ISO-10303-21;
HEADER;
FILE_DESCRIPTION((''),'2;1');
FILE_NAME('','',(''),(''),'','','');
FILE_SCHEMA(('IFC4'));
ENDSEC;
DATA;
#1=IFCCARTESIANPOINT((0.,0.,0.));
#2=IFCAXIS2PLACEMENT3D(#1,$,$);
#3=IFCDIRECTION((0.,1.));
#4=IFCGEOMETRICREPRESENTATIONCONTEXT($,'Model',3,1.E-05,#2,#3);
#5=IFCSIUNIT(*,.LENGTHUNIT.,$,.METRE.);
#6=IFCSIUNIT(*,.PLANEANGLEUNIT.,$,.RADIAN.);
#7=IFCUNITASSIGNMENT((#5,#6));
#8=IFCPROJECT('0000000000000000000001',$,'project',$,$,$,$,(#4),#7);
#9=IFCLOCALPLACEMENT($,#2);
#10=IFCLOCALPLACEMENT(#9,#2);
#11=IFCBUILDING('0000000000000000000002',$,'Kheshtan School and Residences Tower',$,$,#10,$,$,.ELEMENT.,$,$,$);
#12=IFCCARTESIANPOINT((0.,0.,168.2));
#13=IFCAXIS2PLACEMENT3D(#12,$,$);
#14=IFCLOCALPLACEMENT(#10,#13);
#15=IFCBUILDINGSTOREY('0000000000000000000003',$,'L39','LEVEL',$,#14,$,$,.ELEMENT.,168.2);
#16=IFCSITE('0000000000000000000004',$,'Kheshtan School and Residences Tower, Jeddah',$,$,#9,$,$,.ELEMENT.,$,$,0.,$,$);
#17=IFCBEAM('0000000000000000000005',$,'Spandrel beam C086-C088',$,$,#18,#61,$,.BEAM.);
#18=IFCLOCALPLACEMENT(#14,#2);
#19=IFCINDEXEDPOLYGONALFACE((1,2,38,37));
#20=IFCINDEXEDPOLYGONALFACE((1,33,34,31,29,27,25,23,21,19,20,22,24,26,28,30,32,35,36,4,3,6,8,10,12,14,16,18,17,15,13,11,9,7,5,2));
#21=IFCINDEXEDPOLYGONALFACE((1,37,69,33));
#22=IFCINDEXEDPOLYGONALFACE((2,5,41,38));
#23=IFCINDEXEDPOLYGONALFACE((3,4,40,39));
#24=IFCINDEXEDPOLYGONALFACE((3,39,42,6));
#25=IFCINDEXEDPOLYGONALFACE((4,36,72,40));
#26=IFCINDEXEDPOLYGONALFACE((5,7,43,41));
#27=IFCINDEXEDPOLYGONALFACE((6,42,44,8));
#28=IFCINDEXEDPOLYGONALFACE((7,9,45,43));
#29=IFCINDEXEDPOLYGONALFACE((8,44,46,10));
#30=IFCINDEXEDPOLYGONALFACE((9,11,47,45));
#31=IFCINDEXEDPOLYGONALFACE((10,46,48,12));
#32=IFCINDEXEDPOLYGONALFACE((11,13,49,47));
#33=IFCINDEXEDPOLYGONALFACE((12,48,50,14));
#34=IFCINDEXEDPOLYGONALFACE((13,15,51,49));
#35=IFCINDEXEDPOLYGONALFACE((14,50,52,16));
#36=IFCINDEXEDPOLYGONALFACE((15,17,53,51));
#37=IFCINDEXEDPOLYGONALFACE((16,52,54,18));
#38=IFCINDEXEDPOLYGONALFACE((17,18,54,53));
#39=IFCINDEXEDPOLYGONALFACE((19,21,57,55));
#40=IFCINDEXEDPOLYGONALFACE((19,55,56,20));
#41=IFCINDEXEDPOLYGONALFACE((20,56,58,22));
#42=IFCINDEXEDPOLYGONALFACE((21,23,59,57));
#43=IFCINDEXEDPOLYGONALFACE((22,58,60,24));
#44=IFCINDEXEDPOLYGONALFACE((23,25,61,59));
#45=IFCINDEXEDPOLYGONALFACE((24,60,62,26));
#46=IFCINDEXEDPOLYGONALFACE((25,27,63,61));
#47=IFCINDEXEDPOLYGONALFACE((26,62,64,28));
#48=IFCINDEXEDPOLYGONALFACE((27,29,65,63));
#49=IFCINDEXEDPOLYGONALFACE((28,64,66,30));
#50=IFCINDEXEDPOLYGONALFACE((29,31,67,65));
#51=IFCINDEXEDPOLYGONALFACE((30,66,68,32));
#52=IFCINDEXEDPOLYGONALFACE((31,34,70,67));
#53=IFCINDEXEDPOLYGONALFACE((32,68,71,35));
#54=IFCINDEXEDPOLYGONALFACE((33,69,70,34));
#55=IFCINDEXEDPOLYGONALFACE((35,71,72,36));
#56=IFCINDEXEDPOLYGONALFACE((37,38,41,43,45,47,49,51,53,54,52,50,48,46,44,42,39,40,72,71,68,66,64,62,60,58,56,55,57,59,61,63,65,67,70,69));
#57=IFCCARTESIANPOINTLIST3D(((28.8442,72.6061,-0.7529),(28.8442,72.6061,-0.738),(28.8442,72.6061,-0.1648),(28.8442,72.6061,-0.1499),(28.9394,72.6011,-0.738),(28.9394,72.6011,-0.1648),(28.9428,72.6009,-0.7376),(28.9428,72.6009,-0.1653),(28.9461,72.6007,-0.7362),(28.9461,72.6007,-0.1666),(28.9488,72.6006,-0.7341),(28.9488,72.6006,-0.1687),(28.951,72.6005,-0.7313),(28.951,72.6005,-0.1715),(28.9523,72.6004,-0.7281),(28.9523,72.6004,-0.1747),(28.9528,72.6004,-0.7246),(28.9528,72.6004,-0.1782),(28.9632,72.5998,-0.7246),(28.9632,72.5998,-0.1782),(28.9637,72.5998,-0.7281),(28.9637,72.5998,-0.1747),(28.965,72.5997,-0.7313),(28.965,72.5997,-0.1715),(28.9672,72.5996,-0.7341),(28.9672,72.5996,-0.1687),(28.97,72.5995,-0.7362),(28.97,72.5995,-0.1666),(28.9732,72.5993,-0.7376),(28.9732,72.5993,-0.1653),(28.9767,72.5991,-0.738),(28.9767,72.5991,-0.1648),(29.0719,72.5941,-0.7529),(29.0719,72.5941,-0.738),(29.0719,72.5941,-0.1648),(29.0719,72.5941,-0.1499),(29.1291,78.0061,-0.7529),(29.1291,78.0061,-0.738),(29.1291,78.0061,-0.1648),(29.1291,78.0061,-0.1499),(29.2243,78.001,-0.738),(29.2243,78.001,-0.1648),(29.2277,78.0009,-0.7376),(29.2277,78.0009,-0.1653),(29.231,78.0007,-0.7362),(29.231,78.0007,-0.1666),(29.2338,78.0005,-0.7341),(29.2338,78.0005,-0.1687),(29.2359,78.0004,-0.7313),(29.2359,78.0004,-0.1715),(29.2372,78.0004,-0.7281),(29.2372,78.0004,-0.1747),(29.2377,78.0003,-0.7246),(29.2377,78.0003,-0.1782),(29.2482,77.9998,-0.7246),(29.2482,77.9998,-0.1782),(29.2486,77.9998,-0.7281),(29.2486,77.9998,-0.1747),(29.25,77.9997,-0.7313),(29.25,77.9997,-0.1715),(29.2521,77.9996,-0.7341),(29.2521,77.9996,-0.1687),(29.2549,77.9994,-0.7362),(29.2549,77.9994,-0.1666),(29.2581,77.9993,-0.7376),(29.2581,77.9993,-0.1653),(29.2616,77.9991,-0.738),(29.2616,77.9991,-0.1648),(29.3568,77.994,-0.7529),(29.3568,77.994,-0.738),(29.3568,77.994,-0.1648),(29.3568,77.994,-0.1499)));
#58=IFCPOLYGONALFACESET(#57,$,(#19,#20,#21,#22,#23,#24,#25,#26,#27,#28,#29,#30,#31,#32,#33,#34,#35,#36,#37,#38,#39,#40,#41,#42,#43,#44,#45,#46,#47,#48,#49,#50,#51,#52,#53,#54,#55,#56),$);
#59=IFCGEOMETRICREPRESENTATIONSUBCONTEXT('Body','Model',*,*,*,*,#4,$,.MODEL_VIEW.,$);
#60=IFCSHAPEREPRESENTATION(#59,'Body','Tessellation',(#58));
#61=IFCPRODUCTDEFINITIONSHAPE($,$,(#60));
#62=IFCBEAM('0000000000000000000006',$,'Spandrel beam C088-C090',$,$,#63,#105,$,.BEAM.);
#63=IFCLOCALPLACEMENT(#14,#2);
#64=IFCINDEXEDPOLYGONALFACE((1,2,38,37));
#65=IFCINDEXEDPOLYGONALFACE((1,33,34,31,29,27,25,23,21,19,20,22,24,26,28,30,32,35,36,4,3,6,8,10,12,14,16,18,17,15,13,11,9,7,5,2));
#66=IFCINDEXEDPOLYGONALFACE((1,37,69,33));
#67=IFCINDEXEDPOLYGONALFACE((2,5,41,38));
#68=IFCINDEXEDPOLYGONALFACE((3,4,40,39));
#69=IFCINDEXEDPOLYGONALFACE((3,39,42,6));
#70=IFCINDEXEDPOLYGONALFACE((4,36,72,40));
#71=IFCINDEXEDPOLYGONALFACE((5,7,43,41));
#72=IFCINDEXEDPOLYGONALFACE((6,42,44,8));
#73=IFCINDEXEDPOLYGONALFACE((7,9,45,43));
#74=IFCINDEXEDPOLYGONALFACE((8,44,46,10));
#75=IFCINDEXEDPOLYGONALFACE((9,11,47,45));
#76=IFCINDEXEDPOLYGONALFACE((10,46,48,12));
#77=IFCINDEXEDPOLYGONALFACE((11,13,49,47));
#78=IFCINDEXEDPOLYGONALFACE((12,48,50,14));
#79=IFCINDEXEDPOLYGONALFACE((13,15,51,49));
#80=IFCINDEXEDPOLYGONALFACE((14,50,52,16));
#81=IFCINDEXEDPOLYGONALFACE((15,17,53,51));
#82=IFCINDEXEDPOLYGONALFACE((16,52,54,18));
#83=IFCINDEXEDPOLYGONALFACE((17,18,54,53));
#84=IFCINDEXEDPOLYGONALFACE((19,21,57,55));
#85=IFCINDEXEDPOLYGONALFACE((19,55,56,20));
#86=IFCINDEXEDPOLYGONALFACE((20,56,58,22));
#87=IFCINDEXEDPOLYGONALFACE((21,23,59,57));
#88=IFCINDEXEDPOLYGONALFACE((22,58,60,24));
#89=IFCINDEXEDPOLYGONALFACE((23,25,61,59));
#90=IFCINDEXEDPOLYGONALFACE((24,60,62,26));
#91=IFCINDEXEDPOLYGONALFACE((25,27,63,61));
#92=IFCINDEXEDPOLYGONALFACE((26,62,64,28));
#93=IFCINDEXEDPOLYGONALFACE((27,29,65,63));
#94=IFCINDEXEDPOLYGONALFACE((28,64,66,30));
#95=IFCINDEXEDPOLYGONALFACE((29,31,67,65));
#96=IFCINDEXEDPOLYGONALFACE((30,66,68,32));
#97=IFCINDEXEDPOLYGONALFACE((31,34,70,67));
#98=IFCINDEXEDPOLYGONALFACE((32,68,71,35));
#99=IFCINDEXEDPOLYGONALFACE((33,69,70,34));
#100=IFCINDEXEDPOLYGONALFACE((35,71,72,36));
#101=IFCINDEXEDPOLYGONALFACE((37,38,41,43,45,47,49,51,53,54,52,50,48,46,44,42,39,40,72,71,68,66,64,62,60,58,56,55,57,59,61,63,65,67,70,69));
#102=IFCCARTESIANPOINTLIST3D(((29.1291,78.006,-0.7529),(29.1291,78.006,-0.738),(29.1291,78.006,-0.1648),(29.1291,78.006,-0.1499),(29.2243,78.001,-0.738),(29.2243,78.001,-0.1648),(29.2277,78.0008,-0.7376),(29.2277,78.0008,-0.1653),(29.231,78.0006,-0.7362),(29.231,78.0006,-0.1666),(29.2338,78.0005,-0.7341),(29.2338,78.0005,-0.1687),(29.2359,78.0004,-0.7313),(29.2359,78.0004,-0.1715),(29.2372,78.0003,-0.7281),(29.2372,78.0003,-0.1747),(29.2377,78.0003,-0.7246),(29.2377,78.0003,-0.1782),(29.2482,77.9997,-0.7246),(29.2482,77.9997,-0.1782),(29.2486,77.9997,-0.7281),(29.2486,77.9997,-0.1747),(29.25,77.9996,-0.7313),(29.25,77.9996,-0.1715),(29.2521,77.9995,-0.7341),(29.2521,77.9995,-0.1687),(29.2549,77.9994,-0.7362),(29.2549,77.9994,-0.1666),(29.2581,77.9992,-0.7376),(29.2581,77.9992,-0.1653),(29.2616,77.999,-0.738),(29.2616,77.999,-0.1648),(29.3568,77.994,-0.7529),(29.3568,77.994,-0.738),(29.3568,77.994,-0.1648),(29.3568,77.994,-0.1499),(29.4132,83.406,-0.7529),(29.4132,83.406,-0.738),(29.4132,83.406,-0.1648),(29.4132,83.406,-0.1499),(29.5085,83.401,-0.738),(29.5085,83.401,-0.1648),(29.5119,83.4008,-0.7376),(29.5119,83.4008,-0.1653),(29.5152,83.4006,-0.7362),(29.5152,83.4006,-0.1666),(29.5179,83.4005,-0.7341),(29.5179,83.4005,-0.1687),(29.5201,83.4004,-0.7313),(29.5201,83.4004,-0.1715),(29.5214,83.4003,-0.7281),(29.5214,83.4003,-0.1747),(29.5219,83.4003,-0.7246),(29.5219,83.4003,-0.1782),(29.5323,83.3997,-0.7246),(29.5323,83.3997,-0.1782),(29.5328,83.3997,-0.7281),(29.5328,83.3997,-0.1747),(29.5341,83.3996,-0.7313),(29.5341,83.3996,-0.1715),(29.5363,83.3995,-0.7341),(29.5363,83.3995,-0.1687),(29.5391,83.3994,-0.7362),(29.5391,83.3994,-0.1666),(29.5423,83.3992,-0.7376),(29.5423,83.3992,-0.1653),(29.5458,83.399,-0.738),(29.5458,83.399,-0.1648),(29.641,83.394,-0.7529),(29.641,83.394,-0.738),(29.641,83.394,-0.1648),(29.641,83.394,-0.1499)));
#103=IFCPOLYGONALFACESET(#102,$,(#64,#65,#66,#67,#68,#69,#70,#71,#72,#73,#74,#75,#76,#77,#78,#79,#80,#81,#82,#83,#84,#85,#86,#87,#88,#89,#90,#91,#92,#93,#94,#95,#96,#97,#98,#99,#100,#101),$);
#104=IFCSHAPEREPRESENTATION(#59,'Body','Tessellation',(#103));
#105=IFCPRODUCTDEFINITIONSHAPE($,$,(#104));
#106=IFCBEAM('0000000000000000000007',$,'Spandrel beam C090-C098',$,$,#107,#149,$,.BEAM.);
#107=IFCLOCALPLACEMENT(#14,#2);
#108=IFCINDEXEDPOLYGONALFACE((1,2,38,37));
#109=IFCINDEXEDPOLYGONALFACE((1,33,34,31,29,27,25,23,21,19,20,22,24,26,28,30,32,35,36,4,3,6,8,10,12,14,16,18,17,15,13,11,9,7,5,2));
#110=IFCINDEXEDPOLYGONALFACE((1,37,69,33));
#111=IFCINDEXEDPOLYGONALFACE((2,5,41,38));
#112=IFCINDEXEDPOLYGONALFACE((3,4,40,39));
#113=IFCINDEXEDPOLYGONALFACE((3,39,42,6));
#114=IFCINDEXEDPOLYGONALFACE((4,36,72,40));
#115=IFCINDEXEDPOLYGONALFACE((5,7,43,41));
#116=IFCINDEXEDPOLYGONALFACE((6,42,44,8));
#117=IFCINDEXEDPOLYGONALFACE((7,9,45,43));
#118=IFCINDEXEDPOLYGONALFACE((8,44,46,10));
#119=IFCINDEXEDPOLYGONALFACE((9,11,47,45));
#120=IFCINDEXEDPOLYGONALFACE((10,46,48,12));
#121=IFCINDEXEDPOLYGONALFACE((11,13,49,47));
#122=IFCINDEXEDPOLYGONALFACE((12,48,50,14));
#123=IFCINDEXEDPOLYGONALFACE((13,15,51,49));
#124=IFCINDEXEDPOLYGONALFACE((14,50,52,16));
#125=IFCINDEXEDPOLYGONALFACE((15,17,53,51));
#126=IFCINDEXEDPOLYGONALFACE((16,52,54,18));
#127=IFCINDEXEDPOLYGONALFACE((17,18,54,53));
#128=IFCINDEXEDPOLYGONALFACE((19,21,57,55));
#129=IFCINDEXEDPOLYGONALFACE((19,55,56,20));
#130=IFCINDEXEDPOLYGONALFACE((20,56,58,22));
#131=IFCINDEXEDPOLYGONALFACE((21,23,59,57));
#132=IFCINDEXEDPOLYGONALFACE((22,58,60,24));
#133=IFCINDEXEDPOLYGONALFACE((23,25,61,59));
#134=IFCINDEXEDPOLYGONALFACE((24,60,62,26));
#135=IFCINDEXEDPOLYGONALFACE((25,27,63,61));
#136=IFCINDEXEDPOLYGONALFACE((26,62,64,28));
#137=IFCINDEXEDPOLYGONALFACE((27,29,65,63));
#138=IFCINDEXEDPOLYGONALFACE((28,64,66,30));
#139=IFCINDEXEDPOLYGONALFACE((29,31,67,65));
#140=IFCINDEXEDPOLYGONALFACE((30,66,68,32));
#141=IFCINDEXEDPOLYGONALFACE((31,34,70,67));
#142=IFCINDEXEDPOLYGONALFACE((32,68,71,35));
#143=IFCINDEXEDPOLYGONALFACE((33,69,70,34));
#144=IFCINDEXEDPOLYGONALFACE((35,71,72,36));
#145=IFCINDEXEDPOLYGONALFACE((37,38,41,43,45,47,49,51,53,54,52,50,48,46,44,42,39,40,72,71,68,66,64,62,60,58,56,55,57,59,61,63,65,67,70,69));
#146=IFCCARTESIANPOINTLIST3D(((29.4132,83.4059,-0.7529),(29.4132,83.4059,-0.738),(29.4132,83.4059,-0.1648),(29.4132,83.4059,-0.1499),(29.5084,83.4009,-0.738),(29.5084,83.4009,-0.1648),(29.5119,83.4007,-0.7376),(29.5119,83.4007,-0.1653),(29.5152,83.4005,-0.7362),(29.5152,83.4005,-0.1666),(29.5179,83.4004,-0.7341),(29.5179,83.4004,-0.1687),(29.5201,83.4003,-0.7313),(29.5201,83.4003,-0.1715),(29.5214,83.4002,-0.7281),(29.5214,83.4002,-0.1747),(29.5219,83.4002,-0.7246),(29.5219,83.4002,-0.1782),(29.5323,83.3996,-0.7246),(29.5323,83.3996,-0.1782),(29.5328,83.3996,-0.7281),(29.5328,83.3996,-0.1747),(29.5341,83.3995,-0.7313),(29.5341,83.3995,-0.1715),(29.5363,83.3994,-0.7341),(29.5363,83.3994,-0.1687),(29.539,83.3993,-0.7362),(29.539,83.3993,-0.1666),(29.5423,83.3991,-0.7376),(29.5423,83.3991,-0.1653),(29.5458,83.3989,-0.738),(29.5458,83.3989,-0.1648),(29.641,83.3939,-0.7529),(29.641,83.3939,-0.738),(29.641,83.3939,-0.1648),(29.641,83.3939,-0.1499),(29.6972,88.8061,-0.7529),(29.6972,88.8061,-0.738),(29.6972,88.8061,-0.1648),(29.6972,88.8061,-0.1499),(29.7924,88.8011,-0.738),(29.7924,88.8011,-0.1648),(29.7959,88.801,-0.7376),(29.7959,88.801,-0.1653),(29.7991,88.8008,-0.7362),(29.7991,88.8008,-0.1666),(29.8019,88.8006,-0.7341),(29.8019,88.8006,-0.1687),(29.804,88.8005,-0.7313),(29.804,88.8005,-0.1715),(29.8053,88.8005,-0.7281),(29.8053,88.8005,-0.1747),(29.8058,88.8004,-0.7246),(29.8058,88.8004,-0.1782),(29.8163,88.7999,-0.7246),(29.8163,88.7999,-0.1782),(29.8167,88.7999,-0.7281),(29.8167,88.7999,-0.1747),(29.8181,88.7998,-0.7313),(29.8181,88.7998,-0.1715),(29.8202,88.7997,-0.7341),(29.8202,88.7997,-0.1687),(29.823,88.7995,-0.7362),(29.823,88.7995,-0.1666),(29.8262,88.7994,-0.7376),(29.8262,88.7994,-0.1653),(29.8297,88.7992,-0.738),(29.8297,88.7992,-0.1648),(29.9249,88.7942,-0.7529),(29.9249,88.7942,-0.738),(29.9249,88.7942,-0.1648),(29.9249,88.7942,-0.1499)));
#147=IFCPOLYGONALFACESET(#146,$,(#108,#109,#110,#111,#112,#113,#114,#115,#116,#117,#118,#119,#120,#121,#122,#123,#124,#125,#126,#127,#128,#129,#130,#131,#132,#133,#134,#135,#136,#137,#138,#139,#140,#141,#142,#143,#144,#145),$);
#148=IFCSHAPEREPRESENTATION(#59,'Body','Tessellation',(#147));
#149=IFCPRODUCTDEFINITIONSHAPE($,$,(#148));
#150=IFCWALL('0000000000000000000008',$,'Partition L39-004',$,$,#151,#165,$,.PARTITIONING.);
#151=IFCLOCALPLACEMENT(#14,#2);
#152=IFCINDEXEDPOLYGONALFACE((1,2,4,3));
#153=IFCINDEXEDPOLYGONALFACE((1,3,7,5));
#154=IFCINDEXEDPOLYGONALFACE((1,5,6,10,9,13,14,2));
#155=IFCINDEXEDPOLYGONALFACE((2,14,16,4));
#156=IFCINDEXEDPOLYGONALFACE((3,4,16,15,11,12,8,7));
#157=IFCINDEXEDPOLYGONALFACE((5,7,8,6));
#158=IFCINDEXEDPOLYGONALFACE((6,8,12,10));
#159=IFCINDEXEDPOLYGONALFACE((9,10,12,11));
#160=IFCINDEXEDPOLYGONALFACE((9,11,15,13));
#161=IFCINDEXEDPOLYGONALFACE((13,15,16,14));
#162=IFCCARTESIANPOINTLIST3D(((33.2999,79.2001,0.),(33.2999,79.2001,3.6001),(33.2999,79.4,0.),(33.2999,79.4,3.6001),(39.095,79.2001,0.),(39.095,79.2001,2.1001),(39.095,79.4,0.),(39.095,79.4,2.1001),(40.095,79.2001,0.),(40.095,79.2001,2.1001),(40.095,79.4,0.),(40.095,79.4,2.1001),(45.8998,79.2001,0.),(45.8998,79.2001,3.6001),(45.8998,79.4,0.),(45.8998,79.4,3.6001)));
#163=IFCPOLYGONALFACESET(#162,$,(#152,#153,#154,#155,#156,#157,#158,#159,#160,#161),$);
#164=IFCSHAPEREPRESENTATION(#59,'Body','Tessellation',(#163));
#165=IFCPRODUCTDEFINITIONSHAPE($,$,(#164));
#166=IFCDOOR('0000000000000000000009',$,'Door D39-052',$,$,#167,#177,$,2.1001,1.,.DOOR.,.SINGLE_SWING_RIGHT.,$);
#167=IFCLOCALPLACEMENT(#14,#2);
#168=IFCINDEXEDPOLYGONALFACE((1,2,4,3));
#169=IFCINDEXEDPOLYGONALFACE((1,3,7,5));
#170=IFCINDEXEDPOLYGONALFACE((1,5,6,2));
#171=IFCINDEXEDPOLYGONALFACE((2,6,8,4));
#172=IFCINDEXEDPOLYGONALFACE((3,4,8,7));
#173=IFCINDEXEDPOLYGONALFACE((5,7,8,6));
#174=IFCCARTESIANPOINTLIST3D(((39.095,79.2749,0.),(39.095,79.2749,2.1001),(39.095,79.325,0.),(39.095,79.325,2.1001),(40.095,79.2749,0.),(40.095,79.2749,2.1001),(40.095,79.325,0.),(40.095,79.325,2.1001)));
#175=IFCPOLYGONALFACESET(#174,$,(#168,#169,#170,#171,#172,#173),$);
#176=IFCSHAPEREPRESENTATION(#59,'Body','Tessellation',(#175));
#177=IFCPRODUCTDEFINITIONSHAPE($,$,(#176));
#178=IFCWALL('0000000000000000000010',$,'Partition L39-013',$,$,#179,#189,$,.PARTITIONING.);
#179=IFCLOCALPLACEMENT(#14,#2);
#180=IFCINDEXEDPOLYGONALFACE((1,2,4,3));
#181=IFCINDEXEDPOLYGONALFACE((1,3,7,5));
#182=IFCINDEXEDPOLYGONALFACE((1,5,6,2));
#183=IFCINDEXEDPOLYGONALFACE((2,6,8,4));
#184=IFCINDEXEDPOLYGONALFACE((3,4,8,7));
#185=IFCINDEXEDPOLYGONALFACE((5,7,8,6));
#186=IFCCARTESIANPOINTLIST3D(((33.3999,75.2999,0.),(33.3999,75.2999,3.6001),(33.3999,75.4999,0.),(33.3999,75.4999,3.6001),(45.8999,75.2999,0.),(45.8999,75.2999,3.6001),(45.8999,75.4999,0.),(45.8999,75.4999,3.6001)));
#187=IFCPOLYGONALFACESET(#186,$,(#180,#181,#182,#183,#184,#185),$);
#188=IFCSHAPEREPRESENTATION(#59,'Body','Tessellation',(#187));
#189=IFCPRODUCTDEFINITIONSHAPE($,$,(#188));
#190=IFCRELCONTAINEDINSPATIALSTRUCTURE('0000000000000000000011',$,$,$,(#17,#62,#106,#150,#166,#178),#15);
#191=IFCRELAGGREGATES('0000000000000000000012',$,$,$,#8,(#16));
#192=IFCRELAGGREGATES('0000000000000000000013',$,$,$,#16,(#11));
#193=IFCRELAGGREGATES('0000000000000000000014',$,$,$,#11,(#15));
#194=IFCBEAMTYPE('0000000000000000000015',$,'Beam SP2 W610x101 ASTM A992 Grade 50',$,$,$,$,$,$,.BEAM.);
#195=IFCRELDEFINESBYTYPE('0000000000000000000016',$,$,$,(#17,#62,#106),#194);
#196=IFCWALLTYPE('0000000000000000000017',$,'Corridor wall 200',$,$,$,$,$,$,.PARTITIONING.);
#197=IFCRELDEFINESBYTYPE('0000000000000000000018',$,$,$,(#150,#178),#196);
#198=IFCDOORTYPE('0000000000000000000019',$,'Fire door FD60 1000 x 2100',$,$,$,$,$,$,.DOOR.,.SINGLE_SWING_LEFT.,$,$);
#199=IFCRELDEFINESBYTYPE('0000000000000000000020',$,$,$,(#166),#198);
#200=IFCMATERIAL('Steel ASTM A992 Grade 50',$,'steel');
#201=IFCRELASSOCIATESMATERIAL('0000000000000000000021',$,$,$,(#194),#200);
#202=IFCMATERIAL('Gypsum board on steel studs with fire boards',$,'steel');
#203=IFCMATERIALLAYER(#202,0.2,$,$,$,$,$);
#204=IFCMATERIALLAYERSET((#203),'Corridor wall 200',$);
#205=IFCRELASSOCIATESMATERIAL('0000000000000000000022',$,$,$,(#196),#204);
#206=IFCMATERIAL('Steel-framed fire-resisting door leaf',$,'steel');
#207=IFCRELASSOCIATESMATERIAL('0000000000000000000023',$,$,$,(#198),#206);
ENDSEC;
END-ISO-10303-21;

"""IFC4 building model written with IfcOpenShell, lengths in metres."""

from ifc_helpers import new_model, si_unit, direction, frame, frame_2d, origin, origin_2d, place, context, subcontext, project, spatial, rectangle, i_section, extrude, source, transform, mapped, material, layer, layer_set, material_profile, profile_set, type_object, element, fill, save


model = new_model("IFC4")

# Units and contexts
model_context = context("Model", 3, precision=1e-05, world=origin(), true_north=direction((0.0, 1.0)))
body_context = subcontext(model_context, "Body", "Model", "MODEL_VIEW")
ifc_project = project(units=[si_unit("LENGTHUNIT", "METRE"), si_unit("PLANEANGLEUNIT", "RADIAN")], contexts=[model_context])

# Site, building, storey
site_placement = place(None, origin())
site = spatial("IfcSite", under=ifc_project, at=site_placement, Name="Kheshtan School and Residences Tower, Jeddah", CompositionType="ELEMENT", RefElevation=0.0)
building_placement = place(site_placement, origin())
building = spatial("IfcBuilding", under=site, at=building_placement, Name="Kheshtan School and Residences Tower", CompositionType="ELEMENT")
storey_placement = place(building_placement, frame((0.0, 0.0, 168.2)))
storey = spatial("IfcBuildingStorey", under=building, at=storey_placement, Name="L39", Description="LEVEL", CompositionType="ELEMENT", Elevation=168.2)

# Shared definitions
ifc_material_1 = material(Name="Steel ASTM A992 Grade 50", Category="steel")

# Beams
ifc_material_profile_1 = material_profile(ifc_material_1, i_section(OverallWidth=0.228, OverallDepth=0.603, WebThickness=0.0105, FlangeThickness=0.0149, FilletRadius=0.0134, at=origin_2d()), Name="W610x101")
ifc_profile_set_1 = profile_set([ifc_material_profile_1], Name="Steel ASTM A992 Grade 50")
beam_type_1 = type_object("IfcBeamType", Name="Beam SP2 W610x101 ASTM A992 Grade 50", PredefinedType="BEAM", material=ifc_profile_set_1)
for number, where, z_axis, x_axis, name in (
    (1, (28.958, 72.6001, -0.4514), (0.052689, 0.998611, 0.0), (-0.998611, 0.052689, 0.0), "Spandrel beam C086-C088"),
    (2, (29.2429, 78.0, -0.4514), (0.052554, 0.998618, 0.0), (-0.998618, 0.052554, 0.0), "Spandrel beam C088-C090"),
):
    element("IfcBeam", number, at=place(storey_placement, frame(where, z_axis=z_axis, x_axis=x_axis)), inside=storey, type_object=beam_type_1, Name=name, PredefinedType="BEAM", context=body_context, shape_type="SweptSolid", body=[
        extrude(i_section(OverallWidth=0.228, OverallDepth=0.603, WebThickness=0.0105, FlangeThickness=0.0149, FilletRadius=0.0134, at=origin_2d()), origin(), (0.0, 0.0, 1.0), 5.4075),
    ])
beam_1_placement = place(storey_placement, frame((29.5271, 83.3999, -0.4514), z_axis=(0.052507, 0.998621, 0.0), x_axis=(-0.998621, 0.052507, 0.0)))
element("IfcBeam", 3, at=beam_1_placement, inside=storey, type_object=beam_type_1, Name="Spandrel beam C090-C098", PredefinedType="BEAM", context=body_context, shape_type="SweptSolid", body=[
    extrude(i_section(OverallWidth=0.228, OverallDepth=0.603, WebThickness=0.0105, FlangeThickness=0.0149, FilletRadius=0.0134, at=origin_2d()), origin(), (0.0, 0.0, 1.0), 5.4077),
])

# Wall, opening, door
ifc_material_2 = material(Name="Gypsum board on steel studs with fire boards", Category="steel")
ifc_layer_1 = layer(ifc_material_2, 0.2)
ifc_layer_set_1 = layer_set([ifc_layer_1], Name="Corridor wall 200")
wall_type_1 = type_object("IfcWallType", Name="Corridor wall 200", PredefinedType="PARTITIONING", material=ifc_layer_set_1)
wall_1_placement = place(storey_placement, frame((33.3, 79.3, 0.0), z_axis=(0.0, 0.0, 1.0), x_axis=(1.0, 0.0, 0.0)))
wall_1 = element("IfcWall", 4, at=wall_1_placement, inside=storey, type_object=wall_type_1, Name="Partition L39-004", PredefinedType="PARTITIONING", context=body_context, shape_type="SweptSolid", body=[
    extrude(rectangle(XDim=12.5999, YDim=0.2, at=frame_2d((6.2998, 0.0))), origin(), (0.0, 0.0, 1.0), 3.6001),
])
opening_1_placement = place(wall_1_placement, frame((5.7949, 0.0, 0.0)))
opening_1 = element("IfcOpeningElement", 5, at=opening_1_placement, cuts=wall_1, PredefinedType="OPENING", context=body_context, shape_type="SweptSolid", body=[
    extrude(rectangle(XDim=1.0, YDim=2.1001, at=frame_2d((0.5, 1.05))), frame((0.0, 0.1099, 0.0), z_axis=(0.0, -1.0, 0.0), x_axis=(1.0, 0.0, 0.0)), (0.0, 0.0, 1.0), 0.22),
])
ifc_material_3 = material(Name="Steel-framed fire-resisting door leaf", Category="steel")
door_type_1 = type_object("IfcDoorType", Name="Fire door FD60 1000 x 2100", OperationType="SINGLE_SWING_LEFT", PredefinedType="DOOR", material=ifc_material_3)
shared_shape_1 = source(origin(), body_context, "Body", "SweptSolid", [
    extrude(rectangle(XDim=1.0, YDim=2.1001, at=frame_2d((0.5, 1.05))), frame((0.0, 0.0249, 0.0), z_axis=(0.0, -1.0, 0.0), x_axis=(1.0, 0.0, 0.0)), (0.0, 0.0, 1.0), 0.05),
])
door_1_placement = place(opening_1_placement, origin())
door_1 = element("IfcDoor", 6, at=door_1_placement, inside=storey, type_object=door_type_1, Name="Door D39-052", OperationType="SINGLE_SWING_RIGHT", OverallHeight=2.1001, OverallWidth=1.0, PredefinedType="DOOR", context=body_context, shape_type="MappedRepresentation", body=[
    mapped(shared_shape_1, transform((0.0, 0.0, 0.0), x_axis=(1.0, 0.0, 0.0), y_axis=(0.0, 1.0, 0.0), z_axis=(0.0, 0.0, 1.0), scale=1.0)),
])
fill(opening_1, door_1)

# Wall
wall_2_placement = place(storey_placement, frame((33.3999, 75.3999, 0.0), z_axis=(0.0, 0.0, 1.0), x_axis=(1.0, 0.0, 0.0)))
element("IfcWall", 7, at=wall_2_placement, inside=storey, type_object=wall_type_1, Name="Partition L39-013", PredefinedType="PARTITIONING", context=body_context, shape_type="SweptSolid", body=[
    extrude(rectangle(XDim=12.5, YDim=0.2, at=frame_2d((6.25, 0.0))), origin(), (0.0, 0.0, 1.0), 3.6001),
])

save(model, "model.ifc")
